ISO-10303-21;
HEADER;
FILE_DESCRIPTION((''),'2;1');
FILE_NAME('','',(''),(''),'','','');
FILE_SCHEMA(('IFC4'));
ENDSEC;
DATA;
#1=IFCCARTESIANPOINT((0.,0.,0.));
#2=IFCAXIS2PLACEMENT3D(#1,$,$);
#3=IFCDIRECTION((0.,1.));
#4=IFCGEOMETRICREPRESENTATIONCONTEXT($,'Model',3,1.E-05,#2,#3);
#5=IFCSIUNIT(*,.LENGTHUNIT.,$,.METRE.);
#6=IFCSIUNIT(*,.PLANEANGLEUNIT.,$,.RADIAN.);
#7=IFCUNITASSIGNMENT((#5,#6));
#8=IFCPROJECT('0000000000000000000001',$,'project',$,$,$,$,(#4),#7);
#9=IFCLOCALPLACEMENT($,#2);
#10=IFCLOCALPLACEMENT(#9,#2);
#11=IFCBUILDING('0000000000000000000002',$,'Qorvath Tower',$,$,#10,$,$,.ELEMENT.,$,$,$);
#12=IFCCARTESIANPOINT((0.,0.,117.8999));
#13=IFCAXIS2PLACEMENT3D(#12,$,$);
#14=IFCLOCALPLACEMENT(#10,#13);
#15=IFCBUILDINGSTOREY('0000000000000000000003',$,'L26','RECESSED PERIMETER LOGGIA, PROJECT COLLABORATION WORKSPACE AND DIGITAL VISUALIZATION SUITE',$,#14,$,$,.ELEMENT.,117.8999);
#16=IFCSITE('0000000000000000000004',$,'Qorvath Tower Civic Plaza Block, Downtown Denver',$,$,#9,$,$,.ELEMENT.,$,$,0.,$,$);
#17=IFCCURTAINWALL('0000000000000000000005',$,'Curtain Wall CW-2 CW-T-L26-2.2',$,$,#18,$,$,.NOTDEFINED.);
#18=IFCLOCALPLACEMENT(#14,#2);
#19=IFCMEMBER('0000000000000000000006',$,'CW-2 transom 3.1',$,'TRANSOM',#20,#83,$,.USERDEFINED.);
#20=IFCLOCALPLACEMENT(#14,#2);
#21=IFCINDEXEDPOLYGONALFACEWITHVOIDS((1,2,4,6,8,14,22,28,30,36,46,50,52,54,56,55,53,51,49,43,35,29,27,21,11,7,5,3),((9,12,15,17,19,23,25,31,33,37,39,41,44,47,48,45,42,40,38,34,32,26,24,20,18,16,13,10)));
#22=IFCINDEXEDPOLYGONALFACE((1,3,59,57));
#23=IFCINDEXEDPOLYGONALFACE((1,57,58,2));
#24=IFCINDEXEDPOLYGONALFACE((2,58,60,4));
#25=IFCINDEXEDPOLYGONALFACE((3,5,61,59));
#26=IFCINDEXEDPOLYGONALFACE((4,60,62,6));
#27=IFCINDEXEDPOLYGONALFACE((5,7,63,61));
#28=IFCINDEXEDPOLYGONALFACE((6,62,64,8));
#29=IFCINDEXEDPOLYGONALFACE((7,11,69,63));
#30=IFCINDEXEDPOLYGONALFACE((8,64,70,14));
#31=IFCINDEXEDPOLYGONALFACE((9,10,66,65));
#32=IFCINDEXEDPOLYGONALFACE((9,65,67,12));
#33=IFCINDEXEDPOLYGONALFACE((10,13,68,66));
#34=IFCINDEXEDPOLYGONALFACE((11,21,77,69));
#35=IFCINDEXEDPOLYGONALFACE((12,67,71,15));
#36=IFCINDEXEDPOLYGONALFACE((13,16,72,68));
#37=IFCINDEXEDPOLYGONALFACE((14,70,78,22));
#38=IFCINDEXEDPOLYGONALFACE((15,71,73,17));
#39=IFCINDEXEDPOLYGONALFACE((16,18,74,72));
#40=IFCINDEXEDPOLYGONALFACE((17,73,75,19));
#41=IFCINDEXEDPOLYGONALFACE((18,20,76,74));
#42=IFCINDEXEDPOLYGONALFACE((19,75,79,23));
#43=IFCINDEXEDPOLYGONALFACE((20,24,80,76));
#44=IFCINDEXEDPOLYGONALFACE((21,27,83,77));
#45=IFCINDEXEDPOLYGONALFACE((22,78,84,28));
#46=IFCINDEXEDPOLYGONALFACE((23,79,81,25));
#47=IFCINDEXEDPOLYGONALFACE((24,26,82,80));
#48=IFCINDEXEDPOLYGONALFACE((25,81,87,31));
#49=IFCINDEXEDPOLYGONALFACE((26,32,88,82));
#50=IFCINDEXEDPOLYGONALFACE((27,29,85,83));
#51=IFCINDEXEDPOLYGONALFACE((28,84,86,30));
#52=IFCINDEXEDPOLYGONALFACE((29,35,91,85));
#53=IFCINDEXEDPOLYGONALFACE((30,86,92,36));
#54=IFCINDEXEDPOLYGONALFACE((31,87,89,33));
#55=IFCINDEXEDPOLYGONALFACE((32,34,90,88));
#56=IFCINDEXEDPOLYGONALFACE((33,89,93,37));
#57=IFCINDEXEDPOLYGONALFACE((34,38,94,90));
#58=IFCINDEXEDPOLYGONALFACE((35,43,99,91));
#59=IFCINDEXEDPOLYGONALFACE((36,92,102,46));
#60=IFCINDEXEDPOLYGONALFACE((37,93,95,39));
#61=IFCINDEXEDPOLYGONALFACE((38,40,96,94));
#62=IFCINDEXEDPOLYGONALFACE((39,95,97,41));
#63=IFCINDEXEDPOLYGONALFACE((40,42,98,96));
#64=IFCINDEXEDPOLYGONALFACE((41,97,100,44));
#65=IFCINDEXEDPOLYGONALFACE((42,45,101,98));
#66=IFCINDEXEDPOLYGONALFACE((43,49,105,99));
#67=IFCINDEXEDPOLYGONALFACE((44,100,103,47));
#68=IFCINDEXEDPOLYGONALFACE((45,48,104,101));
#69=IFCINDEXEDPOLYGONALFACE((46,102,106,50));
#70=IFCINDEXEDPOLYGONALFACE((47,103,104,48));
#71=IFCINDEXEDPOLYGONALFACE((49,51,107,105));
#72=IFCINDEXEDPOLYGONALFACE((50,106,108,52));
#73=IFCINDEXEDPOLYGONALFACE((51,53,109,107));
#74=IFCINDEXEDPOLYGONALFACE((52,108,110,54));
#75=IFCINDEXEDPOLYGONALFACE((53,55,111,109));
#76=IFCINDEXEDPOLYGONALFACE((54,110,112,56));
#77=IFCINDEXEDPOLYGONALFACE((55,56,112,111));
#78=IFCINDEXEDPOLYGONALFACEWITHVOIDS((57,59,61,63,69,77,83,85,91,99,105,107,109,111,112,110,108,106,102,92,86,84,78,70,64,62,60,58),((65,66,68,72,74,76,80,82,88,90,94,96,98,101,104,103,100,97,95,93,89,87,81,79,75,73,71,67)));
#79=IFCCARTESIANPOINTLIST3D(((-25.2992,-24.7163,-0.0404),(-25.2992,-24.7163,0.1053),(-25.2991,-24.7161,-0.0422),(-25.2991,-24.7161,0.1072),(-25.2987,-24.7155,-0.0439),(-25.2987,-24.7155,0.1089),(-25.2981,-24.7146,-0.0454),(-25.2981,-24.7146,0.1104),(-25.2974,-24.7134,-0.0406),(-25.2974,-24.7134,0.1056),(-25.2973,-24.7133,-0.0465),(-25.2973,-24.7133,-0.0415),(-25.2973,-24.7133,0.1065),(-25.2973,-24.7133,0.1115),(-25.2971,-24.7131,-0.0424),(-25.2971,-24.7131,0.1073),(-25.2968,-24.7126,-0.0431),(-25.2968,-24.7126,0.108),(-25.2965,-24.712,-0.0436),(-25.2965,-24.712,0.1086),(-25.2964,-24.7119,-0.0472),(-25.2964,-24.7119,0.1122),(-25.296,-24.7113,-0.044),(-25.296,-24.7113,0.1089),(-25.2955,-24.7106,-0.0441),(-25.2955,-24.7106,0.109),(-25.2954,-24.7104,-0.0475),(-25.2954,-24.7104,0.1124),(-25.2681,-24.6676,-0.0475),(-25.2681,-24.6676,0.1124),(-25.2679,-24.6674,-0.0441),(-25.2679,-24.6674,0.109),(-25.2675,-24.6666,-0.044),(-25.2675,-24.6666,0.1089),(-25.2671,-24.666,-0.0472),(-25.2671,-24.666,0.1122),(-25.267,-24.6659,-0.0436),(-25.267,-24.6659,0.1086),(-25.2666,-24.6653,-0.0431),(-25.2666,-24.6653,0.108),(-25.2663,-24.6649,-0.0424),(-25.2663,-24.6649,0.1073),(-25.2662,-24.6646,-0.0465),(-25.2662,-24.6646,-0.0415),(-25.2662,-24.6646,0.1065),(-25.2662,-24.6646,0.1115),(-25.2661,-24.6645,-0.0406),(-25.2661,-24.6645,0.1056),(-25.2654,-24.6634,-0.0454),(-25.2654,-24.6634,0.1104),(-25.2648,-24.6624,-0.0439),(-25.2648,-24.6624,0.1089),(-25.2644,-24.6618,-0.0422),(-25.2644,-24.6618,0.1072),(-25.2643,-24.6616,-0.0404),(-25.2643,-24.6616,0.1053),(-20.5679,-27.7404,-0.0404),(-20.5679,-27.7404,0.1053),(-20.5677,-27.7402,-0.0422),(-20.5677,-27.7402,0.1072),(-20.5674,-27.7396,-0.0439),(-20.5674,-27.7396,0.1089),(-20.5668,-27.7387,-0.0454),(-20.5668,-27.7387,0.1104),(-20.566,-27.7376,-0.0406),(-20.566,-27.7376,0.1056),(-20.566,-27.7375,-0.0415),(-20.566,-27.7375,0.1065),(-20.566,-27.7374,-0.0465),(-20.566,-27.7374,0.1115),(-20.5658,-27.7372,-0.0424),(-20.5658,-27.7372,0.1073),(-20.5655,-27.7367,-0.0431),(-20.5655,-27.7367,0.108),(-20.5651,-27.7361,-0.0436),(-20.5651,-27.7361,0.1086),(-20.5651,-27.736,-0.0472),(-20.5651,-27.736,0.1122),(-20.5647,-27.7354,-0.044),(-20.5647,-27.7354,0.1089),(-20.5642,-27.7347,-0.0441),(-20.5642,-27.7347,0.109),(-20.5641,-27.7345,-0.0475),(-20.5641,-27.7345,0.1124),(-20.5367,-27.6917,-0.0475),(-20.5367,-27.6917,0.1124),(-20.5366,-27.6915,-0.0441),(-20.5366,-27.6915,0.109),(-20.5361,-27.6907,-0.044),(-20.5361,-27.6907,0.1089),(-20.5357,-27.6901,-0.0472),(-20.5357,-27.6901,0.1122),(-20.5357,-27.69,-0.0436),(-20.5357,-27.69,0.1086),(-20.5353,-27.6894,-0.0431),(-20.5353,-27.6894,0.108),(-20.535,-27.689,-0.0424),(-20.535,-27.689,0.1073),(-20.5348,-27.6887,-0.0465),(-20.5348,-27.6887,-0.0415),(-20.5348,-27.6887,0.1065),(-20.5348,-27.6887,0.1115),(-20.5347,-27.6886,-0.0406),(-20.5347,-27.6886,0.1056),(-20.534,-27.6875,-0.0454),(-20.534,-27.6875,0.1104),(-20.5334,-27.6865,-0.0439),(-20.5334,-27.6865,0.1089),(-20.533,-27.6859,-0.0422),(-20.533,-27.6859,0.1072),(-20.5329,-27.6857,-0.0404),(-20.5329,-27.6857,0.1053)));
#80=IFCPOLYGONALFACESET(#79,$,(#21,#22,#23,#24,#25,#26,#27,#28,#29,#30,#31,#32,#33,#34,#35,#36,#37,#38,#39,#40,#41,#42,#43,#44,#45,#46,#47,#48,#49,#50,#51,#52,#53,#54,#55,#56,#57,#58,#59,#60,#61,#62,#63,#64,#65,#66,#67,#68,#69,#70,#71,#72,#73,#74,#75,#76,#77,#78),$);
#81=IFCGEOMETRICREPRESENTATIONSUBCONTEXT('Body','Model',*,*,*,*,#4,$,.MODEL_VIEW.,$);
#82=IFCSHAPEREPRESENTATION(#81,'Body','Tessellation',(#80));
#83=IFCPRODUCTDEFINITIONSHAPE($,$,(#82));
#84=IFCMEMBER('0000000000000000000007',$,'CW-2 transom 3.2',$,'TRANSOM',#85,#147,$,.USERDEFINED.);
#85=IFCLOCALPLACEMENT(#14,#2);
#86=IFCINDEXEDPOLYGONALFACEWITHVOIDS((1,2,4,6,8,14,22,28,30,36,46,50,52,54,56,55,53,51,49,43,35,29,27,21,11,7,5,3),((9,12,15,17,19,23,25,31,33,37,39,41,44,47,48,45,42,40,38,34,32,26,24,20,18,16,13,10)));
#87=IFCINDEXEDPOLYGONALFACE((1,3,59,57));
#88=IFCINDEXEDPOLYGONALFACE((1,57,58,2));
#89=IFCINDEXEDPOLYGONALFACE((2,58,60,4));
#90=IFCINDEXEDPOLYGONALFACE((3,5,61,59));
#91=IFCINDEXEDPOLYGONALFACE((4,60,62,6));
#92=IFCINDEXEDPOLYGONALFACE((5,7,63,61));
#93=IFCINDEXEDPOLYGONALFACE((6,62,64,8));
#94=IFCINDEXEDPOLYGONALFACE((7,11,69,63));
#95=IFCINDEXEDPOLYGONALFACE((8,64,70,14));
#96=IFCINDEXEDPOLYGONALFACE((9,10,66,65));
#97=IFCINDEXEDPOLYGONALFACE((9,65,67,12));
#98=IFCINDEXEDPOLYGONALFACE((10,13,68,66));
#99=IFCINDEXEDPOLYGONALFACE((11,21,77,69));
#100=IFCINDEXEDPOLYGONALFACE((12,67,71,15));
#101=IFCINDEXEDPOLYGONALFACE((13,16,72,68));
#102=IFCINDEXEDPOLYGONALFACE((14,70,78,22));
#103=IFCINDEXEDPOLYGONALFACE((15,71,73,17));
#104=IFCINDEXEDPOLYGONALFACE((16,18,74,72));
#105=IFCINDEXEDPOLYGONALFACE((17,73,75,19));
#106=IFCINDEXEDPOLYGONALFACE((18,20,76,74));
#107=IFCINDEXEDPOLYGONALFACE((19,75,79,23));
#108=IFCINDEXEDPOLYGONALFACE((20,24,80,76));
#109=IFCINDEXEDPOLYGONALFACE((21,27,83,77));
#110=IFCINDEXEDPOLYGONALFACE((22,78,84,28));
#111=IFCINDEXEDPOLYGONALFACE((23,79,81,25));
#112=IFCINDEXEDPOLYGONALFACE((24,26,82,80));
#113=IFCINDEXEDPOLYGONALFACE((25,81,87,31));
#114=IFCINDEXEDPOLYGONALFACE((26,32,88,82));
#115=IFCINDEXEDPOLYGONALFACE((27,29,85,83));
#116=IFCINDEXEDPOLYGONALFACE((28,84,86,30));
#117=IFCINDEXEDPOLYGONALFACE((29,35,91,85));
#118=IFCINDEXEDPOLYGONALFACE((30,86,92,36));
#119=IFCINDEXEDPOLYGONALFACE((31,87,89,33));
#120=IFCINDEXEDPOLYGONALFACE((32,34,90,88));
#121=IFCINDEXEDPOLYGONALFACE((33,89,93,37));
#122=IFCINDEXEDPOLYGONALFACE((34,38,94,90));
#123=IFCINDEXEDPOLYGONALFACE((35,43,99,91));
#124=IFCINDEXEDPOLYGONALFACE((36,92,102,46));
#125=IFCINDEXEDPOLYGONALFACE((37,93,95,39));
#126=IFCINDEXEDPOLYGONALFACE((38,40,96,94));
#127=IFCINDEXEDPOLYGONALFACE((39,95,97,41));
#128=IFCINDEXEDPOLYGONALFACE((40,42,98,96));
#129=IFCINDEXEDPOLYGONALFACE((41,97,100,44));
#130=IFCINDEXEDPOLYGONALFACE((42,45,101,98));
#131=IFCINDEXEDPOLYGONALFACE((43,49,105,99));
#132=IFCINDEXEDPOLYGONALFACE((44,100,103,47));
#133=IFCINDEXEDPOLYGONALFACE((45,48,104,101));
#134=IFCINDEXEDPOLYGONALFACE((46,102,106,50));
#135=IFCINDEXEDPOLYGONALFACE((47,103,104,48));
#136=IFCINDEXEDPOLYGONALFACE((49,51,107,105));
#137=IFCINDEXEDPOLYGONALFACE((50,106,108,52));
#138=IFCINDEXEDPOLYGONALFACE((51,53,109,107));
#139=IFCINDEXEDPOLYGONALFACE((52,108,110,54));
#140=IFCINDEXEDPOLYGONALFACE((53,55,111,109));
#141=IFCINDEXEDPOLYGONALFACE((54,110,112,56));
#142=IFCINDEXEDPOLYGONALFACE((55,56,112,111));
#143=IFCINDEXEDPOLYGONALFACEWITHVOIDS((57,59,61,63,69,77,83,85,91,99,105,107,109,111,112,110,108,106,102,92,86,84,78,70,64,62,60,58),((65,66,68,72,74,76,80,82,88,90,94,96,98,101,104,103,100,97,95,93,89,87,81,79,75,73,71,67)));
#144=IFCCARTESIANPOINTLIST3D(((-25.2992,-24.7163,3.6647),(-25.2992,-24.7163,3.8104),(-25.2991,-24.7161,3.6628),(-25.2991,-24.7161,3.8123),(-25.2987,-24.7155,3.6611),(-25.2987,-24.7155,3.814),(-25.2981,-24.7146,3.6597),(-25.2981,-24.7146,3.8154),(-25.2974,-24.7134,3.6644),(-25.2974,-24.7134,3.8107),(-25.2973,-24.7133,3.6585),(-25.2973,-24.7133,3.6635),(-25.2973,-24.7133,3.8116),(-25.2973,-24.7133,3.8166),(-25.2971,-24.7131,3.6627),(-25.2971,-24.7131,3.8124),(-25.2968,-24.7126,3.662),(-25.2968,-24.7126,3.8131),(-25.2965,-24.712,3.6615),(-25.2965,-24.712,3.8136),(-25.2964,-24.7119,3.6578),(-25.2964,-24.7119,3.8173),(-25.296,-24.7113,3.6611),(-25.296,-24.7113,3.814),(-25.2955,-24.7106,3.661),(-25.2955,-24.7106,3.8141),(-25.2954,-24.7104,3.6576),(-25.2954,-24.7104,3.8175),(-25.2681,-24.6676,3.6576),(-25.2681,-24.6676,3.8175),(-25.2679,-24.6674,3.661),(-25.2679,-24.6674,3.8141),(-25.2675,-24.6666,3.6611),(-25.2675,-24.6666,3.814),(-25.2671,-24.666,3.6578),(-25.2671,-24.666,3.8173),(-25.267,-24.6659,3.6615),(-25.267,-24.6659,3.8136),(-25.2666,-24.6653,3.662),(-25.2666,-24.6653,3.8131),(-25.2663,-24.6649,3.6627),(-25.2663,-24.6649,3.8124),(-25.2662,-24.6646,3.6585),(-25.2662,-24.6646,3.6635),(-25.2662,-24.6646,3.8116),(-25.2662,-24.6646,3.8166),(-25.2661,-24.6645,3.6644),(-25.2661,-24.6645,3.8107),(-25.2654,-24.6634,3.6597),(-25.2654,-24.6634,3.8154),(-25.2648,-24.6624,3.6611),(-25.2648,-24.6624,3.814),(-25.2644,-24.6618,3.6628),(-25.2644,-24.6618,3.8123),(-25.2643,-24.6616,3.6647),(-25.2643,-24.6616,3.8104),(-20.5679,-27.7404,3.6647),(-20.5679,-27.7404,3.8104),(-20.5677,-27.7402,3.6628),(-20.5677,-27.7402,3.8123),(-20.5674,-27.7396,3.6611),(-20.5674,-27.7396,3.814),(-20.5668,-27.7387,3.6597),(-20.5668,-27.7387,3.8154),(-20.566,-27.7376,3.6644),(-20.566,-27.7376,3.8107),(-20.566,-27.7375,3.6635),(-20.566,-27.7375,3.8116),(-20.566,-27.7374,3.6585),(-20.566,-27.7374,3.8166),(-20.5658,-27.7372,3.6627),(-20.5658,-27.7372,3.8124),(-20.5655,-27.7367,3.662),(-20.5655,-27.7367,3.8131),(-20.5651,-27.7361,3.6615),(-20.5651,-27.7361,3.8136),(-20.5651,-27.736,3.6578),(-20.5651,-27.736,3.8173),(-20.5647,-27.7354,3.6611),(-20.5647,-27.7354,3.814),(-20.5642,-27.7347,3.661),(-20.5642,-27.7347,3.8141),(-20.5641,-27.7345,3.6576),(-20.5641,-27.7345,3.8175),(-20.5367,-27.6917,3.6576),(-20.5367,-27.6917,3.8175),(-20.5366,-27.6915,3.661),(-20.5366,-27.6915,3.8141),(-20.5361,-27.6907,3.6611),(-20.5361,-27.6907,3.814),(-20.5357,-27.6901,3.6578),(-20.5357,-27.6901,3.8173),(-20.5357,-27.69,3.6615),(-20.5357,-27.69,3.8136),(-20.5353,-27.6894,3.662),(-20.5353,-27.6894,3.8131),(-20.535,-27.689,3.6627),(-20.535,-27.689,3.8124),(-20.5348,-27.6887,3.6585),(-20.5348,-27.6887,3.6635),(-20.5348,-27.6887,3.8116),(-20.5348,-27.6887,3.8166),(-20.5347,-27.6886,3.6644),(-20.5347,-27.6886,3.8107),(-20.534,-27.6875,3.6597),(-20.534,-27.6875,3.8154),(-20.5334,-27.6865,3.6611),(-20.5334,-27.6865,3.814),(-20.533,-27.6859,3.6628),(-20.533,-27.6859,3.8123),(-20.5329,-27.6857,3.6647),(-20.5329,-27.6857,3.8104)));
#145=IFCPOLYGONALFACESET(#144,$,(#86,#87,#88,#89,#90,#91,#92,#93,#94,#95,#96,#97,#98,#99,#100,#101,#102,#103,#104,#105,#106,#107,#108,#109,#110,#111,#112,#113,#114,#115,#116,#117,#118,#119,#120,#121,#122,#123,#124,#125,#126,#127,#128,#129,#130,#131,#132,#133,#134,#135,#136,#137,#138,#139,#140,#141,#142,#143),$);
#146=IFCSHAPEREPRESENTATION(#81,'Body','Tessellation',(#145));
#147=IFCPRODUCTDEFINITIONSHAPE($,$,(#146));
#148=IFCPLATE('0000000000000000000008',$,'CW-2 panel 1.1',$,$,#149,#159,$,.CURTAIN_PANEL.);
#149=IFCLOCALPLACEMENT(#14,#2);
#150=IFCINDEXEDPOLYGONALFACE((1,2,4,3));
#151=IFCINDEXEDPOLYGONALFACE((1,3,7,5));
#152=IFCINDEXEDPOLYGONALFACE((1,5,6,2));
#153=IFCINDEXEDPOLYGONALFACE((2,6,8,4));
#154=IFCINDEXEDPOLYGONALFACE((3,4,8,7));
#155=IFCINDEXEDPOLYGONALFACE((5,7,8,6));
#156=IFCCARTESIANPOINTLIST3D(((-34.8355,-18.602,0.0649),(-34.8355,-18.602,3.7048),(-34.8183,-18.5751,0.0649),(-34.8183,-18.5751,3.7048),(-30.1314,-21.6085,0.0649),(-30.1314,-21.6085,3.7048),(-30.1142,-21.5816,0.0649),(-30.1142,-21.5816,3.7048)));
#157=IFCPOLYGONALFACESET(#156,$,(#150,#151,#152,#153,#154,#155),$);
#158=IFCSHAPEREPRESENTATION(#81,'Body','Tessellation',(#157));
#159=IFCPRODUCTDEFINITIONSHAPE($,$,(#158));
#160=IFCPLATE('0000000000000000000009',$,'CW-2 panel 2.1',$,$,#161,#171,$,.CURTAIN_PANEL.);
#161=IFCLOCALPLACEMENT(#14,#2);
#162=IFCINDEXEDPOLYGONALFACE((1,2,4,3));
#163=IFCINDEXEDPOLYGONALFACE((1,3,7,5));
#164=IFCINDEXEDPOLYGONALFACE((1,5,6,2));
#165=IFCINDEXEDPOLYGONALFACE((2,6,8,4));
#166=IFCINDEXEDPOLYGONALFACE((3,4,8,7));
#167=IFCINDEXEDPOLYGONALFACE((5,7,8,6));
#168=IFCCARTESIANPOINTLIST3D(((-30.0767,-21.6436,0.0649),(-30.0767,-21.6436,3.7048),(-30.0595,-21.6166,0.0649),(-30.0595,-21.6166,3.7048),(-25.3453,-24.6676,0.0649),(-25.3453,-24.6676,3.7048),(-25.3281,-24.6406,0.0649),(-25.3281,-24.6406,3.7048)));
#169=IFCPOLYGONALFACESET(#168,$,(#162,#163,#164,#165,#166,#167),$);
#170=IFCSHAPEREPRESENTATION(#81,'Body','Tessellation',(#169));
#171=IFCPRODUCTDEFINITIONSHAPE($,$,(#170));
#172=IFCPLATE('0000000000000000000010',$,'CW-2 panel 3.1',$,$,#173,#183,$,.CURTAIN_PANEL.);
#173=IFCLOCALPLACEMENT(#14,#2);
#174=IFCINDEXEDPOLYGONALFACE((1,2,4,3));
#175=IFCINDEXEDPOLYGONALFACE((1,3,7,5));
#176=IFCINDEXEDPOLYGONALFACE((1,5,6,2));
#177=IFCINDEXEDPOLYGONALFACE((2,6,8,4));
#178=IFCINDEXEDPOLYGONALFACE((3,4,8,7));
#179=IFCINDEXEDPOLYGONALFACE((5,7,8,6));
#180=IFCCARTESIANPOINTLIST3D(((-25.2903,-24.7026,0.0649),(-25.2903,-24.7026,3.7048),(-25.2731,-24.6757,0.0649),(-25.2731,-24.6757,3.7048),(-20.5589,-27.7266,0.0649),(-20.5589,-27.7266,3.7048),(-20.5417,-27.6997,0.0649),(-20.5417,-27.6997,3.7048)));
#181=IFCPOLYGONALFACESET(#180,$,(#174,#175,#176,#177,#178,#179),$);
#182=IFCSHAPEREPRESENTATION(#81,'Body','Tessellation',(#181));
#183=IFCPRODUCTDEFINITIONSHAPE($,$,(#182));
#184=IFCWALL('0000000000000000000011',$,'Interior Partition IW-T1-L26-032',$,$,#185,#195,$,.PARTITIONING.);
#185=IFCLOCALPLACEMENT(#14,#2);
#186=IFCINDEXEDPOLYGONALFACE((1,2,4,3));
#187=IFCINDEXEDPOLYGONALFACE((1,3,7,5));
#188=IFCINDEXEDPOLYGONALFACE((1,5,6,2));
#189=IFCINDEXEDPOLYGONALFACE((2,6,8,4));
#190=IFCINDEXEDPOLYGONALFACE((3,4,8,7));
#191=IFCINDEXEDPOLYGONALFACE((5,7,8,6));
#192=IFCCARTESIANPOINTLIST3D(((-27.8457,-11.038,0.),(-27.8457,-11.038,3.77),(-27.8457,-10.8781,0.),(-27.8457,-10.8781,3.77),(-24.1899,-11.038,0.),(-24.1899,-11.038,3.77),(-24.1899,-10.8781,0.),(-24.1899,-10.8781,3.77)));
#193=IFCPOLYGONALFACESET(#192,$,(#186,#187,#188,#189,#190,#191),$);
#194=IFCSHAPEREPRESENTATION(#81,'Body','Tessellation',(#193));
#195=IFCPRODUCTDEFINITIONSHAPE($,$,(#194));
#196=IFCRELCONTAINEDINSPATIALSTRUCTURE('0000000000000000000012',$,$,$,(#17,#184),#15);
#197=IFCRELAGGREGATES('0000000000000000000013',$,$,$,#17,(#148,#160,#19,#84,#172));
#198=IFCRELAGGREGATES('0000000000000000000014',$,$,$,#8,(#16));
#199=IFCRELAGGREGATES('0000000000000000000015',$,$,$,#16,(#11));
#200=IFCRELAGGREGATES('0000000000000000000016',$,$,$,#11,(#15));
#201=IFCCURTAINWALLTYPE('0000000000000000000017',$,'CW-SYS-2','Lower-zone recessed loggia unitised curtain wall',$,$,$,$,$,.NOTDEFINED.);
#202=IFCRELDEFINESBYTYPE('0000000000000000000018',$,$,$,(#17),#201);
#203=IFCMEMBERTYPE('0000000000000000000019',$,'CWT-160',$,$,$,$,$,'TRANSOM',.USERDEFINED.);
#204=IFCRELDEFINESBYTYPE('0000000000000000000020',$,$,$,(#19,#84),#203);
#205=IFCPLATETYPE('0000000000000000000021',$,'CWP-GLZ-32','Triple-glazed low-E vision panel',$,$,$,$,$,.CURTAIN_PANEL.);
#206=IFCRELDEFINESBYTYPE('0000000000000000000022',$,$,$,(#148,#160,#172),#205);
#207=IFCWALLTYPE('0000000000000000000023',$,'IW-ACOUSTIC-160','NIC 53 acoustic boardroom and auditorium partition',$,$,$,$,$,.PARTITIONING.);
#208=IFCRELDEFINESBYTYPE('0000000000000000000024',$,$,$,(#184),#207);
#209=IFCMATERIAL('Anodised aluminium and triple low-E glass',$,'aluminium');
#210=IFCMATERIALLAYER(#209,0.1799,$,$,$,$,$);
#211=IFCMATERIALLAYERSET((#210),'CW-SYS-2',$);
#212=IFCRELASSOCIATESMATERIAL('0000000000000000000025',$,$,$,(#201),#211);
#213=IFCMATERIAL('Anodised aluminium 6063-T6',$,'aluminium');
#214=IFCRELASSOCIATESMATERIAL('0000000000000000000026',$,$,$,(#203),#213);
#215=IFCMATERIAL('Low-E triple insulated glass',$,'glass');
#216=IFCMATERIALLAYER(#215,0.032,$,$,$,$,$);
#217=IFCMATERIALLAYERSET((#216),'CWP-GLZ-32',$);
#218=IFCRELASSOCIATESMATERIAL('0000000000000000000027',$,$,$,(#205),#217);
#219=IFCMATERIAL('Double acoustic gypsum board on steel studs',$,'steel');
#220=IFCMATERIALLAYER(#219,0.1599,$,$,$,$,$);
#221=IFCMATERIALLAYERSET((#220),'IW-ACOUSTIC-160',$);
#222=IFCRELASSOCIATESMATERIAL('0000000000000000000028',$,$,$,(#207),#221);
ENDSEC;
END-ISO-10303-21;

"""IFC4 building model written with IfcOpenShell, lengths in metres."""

from ifc_helpers import new_model, si_unit, direction, frame, frame_2d, origin, origin_2d, place, context, subcontext, project, spatial, rectangle, hollow_rectangle, extrude, material, layer, layer_set, material_profile, profile_set, type_object, element, aggregate, save


model = new_model("IFC4")

# Units and contexts
model_context = context("Model", 3, precision=1e-05, world=origin(), true_north=direction((0.0, 1.0)))
body_context = subcontext(model_context, "Body", "Model", "MODEL_VIEW")
ifc_project = project(units=[si_unit("LENGTHUNIT", "METRE"), si_unit("PLANEANGLEUNIT", "RADIAN")], contexts=[model_context])

# Site, building, storey
site_placement = place(None, origin())
site = spatial("IfcSite", under=ifc_project, at=site_placement, Name="Qorvath Tower Civic Plaza Block, Downtown Denver", CompositionType="ELEMENT", RefElevation=0.0)
building_placement = place(site_placement, origin())
building = spatial("IfcBuilding", under=site, at=building_placement, Name="Qorvath Tower", CompositionType="ELEMENT")
storey_placement = place(building_placement, frame((0.0, 0.0, 117.8999)))
storey = spatial("IfcBuildingStorey", under=building, at=storey_placement, Name="L26", Description="RECESSED PERIMETER LOGGIA, PROJECT COLLABORATION WORKSPACE AND DIGITAL VISUALIZATION SUITE", CompositionType="ELEMENT", Elevation=117.8999)

# Curtain wall, members, plates
ifc_material_1 = material(Name="Anodised aluminium and triple low-E glass", Category="aluminium")
ifc_layer_1 = layer(ifc_material_1, 0.1799)
ifc_layer_set_1 = layer_set([ifc_layer_1], Name="CW-SYS-2")
curtain_wall_type = type_object("IfcCurtainWallType", Name="CW-SYS-2", Description="Lower-zone recessed loggia unitised curtain wall", PredefinedType="NOTDEFINED", material=ifc_layer_set_1)
curtain_wall_placement = place(storey_placement, origin())
curtain_wall = element("IfcCurtainWall", 1, at=curtain_wall_placement, inside=storey, type_object=curtain_wall_type, Name="Curtain Wall CW-2 CW-T-L26-2.2", PredefinedType="NOTDEFINED")
ifc_material_2 = material(Name="Anodised aluminium 6063-T6", Category="aluminium")
ifc_material_profile_1 = material_profile(ifc_material_2, hollow_rectangle(XDim=0.0649, YDim=0.1599, WallThickness=0.0034, InnerFilletRadius=0.0034, OuterFilletRadius=0.0071, at=origin_2d()), Name="CWT 160x65")
ifc_profile_set_1 = profile_set([ifc_material_profile_1], Name="Anodised aluminium 6063-T6")
member_type_1 = type_object("IfcMemberType", Name="CWT-160", ElementType="TRANSOM", PredefinedType="USERDEFINED", material=ifc_profile_set_1)
member_1_placement = place(storey_placement, frame((-25.2817, -24.689, 0.0325), z_axis=(0.842591, -0.538554, 0.0), x_axis=(0.538554, 0.842591, 0.0)))
member_1 = element("IfcMember", 2, at=member_1_placement, type_object=member_type_1, Name="CW-2 transom 3.1", ObjectType="TRANSOM", PredefinedType="USERDEFINED", context=body_context, shape_type="SweptSolid", body=[
    extrude(hollow_rectangle(XDim=0.0649, YDim=0.1599, WallThickness=0.0034, InnerFilletRadius=0.0034, OuterFilletRadius=0.0071, at=origin_2d()), origin(), (0.0, 0.0, 1.0), 5.6152),
])
member_2_placement = place(storey_placement, frame((-25.2817, -24.689, 3.7375), z_axis=(0.842591, -0.538554, 0.0), x_axis=(0.538554, 0.842591, 0.0)))
member_2 = element("IfcMember", 3, at=member_2_placement, type_object=member_type_1, Name="CW-2 transom 3.2", ObjectType="TRANSOM", PredefinedType="USERDEFINED", context=body_context, shape_type="SweptSolid", body=[
    extrude(hollow_rectangle(XDim=0.0649, YDim=0.1599, WallThickness=0.0034, InnerFilletRadius=0.0034, OuterFilletRadius=0.0071, at=origin_2d()), origin(), (0.0, 0.0, 1.0), 5.6152),
])
ifc_material_3 = material(Name="Low-E triple insulated glass", Category="glass")
ifc_layer_2 = layer(ifc_material_3, 0.032)
ifc_layer_set_2 = layer_set([ifc_layer_2], Name="CWP-GLZ-32")
plate_type = type_object("IfcPlateType", Name="CWP-GLZ-32", Description="Triple-glazed low-E vision panel", PredefinedType="CURTAIN_PANEL", material=ifc_layer_set_2)
plate_1_placement = place(storey_placement, frame((-32.4749, -20.0918, 0.0649), z_axis=(0.0, 0.0, 1.0), x_axis=(0.842602, -0.538536, 0.0)))
plate_1 = element("IfcPlate", 4, at=plate_1_placement, type_object=plate_type, Name="CW-2 panel 1.1", PredefinedType="CURTAIN_PANEL", context=body_context, shape_type="SweptSolid", body=[
    extrude(rectangle(XDim=5.5828, YDim=0.032, at=origin_2d()), origin(), (0.0, 0.0, 1.0), 3.6399),
])
plate_2_placement = place(storey_placement, frame((-27.7024, -23.1421, 0.0649), z_axis=(0.0, 0.0, 1.0), x_axis=(0.842602, -0.538536, 0.0)))
plate_2 = element("IfcPlate", 5, at=plate_2_placement, type_object=plate_type, Name="CW-2 panel 2.1", PredefinedType="CURTAIN_PANEL", context=body_context, shape_type="SweptSolid", body=[
    extrude(rectangle(XDim=5.6152, YDim=0.032, at=origin_2d()), origin(), (0.0, 0.0, 1.0), 3.6399),
])
plate_3_placement = place(storey_placement, frame((-22.916, -26.2012, 0.0649), z_axis=(0.0, 0.0, 1.0), x_axis=(0.842602, -0.538536, 0.0)))
plate_3 = element("IfcPlate", 6, at=plate_3_placement, type_object=plate_type, Name="CW-2 panel 3.1", PredefinedType="CURTAIN_PANEL", context=body_context, shape_type="SweptSolid", body=[
    extrude(rectangle(XDim=5.6152, YDim=0.032, at=origin_2d()), origin(), (0.0, 0.0, 1.0), 3.6399),
])
aggregate(curtain_wall, [plate_1, plate_2, member_1, member_2, plate_3])

# Wall
ifc_material_4 = material(Name="Double acoustic gypsum board on steel studs", Category="steel")
ifc_layer_3 = layer(ifc_material_4, 0.1599)
ifc_layer_set_3 = layer_set([ifc_layer_3], Name="IW-ACOUSTIC-160")
wall_type_1 = type_object("IfcWallType", Name="IW-ACOUSTIC-160", Description="NIC 53 acoustic boardroom and auditorium partition", PredefinedType="PARTITIONING", material=ifc_layer_set_3)
wall_1_placement = place(storey_placement, frame((-24.1899, -10.958, 0.0), z_axis=(0.0, 0.0, 1.0), x_axis=(-1.0, 0.0, 0.0)))
element("IfcWall", 7, at=wall_1_placement, inside=storey, type_object=wall_type_1, Name="Interior Partition IW-T1-L26-032", PredefinedType="PARTITIONING", context=body_context, shape_type="SweptSolid", body=[
    extrude(rectangle(XDim=3.6558, YDim=0.1599, at=frame_2d((1.8279, 0.0))), origin(), (0.0, 0.0, 1.0), 3.77),
])

save(model, "model.ifc")
